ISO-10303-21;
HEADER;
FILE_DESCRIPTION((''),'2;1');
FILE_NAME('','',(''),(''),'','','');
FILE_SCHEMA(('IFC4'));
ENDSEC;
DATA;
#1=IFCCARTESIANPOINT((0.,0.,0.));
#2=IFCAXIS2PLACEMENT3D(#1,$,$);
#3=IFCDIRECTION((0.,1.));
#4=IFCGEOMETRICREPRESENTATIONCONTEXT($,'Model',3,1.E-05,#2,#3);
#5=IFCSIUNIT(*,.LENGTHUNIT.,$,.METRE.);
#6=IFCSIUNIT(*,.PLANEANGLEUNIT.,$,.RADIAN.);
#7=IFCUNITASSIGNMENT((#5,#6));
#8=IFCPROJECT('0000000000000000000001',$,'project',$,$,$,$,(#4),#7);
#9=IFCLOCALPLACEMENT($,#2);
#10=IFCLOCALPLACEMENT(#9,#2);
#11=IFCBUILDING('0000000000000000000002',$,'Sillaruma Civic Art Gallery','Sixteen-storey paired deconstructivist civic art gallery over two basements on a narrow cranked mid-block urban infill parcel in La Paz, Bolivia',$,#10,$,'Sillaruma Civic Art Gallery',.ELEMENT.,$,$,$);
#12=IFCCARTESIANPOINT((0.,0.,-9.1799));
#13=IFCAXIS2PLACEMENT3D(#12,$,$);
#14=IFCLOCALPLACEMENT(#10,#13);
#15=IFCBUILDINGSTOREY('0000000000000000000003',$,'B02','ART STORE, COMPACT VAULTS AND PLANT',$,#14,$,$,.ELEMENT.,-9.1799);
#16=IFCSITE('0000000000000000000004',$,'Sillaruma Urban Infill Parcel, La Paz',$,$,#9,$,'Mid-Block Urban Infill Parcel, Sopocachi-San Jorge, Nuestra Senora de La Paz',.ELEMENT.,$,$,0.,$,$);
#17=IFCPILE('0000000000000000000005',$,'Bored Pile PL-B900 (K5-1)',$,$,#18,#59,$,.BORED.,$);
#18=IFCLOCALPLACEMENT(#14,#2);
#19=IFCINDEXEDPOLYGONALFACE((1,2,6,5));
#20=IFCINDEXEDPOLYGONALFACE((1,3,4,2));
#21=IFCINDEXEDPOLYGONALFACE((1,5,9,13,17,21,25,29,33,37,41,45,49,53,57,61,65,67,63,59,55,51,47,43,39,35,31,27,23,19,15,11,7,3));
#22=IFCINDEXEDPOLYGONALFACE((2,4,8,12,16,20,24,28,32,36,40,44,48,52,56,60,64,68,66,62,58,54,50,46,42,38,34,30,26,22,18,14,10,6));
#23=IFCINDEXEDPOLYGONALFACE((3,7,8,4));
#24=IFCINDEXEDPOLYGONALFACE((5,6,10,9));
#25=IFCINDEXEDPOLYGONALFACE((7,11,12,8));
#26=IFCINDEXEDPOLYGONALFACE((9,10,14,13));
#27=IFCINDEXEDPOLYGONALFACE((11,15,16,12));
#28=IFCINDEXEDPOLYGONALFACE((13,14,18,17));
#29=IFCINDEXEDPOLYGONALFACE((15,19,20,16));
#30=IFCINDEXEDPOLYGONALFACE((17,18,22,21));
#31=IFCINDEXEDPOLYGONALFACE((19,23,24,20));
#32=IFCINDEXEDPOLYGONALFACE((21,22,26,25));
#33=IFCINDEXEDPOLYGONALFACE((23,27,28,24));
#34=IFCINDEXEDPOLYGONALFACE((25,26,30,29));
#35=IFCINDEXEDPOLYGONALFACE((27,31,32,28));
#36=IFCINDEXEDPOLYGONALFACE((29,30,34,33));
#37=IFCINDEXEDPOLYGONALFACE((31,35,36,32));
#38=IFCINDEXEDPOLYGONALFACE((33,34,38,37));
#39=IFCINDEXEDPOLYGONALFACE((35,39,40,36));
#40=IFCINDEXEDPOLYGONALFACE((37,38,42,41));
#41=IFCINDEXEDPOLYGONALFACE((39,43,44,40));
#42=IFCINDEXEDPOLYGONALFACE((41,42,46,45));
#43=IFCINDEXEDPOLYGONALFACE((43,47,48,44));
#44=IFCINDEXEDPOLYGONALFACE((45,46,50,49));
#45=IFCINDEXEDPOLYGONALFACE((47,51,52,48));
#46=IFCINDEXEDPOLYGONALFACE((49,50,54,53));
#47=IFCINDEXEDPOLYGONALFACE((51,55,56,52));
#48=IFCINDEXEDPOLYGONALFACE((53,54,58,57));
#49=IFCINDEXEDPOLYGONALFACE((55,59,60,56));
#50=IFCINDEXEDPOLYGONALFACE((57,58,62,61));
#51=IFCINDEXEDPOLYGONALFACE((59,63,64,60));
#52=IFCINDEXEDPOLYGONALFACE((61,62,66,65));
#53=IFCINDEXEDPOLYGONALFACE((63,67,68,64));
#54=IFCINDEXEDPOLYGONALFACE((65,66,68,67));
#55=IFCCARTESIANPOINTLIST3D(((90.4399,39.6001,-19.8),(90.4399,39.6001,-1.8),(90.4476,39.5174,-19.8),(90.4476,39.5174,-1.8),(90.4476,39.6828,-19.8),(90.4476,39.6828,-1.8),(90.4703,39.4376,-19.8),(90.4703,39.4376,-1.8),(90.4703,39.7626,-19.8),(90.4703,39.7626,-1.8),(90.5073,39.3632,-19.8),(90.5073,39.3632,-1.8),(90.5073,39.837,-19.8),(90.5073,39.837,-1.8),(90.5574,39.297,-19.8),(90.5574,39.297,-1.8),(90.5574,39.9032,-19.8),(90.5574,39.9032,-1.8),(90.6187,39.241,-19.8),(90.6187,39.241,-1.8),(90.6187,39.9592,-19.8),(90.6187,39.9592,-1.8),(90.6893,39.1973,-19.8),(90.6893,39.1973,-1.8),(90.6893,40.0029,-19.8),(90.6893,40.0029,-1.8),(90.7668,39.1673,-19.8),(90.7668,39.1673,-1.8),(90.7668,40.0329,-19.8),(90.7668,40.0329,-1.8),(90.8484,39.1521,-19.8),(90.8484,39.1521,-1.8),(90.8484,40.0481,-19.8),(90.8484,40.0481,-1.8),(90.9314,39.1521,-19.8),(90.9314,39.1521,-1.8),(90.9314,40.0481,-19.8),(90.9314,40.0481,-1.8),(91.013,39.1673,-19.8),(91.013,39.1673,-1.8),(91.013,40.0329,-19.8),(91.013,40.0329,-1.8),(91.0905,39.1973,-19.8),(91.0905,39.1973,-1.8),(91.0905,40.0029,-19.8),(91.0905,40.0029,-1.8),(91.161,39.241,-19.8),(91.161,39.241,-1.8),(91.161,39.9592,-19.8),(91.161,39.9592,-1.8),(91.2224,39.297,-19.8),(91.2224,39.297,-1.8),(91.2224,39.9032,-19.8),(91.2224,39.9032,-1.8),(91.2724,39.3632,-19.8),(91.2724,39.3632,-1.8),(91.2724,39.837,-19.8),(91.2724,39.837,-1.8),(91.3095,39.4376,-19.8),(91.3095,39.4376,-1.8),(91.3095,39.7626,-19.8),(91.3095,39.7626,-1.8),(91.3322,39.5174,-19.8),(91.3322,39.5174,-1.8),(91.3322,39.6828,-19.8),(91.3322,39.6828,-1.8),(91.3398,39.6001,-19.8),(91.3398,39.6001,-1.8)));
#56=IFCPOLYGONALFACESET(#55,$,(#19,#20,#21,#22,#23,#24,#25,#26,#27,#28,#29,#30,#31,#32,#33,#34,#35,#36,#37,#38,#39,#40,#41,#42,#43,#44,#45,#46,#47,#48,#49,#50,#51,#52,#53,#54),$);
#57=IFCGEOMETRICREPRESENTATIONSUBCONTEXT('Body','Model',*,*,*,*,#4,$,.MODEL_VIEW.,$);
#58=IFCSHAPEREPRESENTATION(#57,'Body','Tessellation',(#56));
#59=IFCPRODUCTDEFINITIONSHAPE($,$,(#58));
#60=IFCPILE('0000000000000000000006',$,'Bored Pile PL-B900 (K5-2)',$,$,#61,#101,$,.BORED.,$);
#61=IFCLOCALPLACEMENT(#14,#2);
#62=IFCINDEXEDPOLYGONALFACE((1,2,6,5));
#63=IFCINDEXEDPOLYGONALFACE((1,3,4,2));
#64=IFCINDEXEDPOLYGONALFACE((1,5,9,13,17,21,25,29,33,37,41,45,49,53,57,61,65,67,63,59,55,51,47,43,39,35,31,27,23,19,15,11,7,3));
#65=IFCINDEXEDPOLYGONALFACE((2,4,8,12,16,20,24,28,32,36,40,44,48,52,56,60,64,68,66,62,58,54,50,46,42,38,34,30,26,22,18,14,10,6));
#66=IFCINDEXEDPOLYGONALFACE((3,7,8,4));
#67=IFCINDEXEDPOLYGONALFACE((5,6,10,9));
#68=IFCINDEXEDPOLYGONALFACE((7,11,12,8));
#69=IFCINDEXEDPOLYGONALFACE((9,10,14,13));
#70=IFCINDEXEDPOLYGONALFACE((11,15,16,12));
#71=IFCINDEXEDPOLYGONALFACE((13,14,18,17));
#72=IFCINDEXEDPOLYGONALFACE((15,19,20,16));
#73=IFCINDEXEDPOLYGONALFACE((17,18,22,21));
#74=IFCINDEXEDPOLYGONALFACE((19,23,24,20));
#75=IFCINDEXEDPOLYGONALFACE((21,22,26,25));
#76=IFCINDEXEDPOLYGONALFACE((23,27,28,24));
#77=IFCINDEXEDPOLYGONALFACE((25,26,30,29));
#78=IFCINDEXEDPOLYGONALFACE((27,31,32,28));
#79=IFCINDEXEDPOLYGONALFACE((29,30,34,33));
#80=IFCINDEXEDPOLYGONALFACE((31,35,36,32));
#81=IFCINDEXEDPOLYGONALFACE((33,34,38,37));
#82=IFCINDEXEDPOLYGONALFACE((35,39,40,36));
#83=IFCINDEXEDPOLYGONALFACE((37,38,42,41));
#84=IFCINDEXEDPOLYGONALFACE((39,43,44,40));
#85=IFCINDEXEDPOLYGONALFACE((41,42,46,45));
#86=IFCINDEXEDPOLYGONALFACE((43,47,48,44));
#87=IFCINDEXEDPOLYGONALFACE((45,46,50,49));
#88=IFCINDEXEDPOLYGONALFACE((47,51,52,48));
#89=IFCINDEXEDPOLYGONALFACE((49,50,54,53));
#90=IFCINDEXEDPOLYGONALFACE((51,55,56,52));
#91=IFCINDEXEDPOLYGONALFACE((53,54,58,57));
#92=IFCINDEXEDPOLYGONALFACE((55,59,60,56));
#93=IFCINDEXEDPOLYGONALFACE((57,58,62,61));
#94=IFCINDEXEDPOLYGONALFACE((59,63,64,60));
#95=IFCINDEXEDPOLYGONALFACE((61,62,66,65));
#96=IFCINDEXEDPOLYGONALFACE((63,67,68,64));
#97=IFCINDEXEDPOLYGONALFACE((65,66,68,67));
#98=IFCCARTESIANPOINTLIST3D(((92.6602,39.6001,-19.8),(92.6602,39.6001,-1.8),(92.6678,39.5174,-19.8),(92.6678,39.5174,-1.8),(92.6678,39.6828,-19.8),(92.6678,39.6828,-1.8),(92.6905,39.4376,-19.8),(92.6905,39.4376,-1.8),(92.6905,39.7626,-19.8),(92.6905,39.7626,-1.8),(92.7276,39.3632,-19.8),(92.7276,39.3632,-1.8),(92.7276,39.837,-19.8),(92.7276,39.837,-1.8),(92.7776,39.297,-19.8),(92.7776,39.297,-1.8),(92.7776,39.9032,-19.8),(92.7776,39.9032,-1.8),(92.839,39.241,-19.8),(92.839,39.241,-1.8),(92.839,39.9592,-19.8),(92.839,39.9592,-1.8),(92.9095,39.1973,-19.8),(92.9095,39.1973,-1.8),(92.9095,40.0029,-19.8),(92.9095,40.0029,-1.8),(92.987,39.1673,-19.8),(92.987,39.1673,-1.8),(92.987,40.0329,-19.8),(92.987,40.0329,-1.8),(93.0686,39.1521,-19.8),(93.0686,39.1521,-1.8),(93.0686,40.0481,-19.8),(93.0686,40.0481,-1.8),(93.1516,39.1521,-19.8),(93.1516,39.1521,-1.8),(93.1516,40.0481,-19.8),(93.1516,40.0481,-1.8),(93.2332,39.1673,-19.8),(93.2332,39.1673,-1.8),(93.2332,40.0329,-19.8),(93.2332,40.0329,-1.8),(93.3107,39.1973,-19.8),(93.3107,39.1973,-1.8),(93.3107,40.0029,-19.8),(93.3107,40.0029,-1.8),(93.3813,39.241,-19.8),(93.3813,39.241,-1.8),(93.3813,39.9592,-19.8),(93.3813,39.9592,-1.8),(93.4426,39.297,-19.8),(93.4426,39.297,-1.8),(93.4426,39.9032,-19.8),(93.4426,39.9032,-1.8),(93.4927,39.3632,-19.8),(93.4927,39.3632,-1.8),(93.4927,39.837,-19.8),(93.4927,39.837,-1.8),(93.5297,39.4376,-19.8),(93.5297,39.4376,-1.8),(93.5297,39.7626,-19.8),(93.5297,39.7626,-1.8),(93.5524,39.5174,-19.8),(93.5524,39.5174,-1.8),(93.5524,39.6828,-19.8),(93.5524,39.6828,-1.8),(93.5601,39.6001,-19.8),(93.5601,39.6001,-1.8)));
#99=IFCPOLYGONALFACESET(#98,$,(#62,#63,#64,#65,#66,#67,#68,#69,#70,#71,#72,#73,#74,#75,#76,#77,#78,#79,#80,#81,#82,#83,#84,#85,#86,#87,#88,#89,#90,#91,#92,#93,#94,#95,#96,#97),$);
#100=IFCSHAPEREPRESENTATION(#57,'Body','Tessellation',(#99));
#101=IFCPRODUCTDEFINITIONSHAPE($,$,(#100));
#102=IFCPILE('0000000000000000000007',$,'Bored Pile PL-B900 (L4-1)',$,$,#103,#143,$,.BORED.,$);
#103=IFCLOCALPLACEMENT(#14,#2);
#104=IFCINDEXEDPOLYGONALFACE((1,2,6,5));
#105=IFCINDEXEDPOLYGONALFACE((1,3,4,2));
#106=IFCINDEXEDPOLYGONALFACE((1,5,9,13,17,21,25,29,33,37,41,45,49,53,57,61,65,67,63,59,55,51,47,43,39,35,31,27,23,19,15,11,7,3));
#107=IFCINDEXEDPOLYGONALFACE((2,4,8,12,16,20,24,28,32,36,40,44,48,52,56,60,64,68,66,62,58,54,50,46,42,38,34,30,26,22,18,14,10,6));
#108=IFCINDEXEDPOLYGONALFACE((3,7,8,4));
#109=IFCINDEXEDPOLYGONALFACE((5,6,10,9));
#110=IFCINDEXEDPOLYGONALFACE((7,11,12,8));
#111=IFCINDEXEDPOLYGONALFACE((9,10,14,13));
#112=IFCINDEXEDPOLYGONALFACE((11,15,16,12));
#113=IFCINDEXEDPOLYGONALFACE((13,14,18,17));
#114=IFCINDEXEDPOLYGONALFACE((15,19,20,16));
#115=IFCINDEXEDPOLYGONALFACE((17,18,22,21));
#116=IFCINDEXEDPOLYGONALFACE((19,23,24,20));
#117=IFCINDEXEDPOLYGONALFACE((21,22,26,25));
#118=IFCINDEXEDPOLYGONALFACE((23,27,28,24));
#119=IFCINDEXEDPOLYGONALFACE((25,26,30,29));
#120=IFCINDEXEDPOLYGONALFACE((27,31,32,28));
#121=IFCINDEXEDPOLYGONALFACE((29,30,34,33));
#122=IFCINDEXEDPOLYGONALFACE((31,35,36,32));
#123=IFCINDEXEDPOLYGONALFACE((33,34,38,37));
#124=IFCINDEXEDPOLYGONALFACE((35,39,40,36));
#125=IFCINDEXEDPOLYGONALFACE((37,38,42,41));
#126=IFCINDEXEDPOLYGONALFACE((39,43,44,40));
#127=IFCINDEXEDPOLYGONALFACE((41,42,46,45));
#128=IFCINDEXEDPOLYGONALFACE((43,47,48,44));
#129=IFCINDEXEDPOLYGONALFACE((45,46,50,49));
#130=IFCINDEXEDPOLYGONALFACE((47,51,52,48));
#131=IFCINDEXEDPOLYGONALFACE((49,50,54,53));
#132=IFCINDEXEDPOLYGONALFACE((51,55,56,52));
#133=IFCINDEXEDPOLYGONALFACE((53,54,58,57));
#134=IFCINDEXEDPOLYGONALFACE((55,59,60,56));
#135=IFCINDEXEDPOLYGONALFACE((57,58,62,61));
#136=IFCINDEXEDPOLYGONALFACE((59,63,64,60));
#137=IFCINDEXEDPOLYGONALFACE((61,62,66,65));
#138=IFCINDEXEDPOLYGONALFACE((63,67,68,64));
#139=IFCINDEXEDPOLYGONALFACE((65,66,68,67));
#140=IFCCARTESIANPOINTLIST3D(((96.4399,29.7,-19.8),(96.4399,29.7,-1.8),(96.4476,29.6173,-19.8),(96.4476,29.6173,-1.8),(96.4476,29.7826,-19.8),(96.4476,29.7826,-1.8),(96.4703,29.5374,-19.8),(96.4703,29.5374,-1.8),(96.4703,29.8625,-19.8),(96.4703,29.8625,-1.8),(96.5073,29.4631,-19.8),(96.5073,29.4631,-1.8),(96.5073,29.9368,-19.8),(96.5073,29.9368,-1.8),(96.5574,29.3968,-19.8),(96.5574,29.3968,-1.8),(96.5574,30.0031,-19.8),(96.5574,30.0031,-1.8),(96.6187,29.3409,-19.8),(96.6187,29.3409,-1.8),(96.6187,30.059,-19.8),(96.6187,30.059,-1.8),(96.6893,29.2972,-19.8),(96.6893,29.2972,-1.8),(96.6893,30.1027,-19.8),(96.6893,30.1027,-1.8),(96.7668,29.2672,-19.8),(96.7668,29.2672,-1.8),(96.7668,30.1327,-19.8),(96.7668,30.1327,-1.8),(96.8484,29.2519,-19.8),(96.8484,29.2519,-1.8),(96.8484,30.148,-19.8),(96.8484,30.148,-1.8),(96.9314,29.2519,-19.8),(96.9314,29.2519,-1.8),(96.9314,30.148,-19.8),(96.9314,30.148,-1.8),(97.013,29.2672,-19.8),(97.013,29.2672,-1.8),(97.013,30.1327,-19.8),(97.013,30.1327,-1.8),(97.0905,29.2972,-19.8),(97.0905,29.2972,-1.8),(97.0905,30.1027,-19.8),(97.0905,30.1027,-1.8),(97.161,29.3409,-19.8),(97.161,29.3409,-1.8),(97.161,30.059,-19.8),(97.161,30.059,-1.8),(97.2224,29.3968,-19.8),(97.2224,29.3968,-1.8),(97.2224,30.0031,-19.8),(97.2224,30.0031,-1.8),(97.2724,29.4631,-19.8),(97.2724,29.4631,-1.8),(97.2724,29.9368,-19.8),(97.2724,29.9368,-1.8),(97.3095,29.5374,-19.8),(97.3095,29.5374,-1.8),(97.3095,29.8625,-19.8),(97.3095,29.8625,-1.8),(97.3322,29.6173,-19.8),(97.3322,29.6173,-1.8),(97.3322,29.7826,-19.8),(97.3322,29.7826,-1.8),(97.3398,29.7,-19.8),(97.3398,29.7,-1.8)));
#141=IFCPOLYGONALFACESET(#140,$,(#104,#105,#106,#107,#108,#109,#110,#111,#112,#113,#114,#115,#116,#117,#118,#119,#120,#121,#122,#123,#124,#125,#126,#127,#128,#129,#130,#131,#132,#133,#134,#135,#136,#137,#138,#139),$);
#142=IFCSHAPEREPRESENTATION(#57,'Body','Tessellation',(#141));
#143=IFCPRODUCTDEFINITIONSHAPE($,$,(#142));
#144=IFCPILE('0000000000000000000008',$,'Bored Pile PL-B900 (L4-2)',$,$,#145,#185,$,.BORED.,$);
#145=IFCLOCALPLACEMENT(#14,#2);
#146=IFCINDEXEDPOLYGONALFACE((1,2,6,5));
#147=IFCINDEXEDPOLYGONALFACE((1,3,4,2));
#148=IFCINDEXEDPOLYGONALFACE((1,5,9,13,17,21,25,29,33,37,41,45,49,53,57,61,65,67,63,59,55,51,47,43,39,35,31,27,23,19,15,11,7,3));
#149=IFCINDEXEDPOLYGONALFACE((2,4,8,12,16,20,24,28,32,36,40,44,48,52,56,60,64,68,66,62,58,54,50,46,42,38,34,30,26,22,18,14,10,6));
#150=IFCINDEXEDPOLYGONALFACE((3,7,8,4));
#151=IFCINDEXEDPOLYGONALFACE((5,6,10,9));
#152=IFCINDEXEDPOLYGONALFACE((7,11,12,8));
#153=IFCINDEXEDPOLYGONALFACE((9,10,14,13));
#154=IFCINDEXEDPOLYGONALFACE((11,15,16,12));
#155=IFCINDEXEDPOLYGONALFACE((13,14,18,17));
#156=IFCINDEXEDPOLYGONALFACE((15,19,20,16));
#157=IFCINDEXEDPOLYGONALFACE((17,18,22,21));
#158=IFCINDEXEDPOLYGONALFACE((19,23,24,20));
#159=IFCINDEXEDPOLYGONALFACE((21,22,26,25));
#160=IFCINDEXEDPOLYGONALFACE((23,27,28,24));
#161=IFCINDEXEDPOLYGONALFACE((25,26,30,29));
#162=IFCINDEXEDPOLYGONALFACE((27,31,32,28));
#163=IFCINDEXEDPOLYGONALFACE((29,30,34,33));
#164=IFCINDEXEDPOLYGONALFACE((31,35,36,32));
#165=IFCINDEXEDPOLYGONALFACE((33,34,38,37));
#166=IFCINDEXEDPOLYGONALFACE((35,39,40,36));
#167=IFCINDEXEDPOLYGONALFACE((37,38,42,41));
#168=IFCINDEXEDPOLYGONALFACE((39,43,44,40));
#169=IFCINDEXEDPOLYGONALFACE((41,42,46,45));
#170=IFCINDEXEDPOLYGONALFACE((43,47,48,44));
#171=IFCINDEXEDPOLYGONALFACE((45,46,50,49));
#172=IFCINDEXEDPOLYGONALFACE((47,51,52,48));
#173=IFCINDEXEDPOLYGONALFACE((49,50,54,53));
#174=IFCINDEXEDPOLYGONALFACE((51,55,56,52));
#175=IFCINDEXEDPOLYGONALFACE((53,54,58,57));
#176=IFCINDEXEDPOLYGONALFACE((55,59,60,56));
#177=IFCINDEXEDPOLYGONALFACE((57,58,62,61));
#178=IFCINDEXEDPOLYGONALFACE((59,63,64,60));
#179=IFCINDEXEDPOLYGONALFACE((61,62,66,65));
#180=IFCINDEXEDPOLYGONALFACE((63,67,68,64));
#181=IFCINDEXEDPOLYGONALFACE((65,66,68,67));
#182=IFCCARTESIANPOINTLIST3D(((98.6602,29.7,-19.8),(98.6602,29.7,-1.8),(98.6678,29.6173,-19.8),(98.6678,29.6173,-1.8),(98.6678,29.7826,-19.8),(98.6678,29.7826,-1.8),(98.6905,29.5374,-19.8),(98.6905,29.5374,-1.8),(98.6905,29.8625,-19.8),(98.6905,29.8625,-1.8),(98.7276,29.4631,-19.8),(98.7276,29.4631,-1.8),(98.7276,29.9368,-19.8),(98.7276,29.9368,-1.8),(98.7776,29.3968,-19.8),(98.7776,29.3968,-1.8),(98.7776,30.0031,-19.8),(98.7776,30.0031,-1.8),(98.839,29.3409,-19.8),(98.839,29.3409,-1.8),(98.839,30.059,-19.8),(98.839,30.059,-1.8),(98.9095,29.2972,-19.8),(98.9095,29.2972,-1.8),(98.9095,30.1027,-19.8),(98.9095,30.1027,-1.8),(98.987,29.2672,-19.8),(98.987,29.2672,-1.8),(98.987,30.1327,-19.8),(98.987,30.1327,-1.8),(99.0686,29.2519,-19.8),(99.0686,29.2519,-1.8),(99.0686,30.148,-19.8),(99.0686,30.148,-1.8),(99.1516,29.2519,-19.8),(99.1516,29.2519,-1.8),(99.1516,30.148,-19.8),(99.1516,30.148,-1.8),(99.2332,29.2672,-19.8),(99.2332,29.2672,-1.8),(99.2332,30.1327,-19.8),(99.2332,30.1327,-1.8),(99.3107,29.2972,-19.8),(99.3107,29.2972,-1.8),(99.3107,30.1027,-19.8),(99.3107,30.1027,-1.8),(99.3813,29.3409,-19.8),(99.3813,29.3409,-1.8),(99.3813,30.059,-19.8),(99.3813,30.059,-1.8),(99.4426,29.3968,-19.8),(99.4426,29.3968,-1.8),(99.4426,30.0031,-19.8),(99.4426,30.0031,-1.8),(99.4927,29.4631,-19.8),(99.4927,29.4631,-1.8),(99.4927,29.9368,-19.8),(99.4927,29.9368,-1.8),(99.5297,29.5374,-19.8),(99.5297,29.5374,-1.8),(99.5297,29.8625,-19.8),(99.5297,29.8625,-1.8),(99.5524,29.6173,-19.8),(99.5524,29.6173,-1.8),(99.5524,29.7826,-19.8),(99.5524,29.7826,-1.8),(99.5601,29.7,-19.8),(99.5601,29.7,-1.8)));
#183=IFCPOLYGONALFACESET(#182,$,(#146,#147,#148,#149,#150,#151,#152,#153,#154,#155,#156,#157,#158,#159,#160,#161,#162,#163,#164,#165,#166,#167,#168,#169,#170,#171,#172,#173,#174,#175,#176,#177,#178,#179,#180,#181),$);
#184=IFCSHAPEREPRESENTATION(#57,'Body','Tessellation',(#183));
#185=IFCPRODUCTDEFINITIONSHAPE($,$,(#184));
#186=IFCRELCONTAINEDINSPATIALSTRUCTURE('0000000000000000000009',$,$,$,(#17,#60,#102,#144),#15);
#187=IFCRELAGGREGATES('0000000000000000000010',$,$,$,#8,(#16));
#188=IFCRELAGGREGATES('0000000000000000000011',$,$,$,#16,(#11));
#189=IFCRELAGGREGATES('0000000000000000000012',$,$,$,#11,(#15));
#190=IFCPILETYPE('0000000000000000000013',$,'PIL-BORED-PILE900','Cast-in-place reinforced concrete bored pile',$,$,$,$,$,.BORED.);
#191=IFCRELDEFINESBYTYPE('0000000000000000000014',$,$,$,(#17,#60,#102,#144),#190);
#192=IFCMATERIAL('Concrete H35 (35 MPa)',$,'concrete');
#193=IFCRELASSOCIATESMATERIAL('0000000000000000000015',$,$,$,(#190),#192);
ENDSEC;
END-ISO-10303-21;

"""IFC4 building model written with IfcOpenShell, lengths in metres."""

from ifc_helpers import new_model, si_unit, direction, frame, origin, origin_2d, place, context, subcontext, project, spatial, circle, extrude, material, material_profile, profile_set, type_object, element, save


model = new_model("IFC4")

# Units and contexts
model_context = context("Model", 3, precision=1e-05, world=origin(), true_north=direction((0.0, 1.0)))
body_context = subcontext(model_context, "Body", "Model", "MODEL_VIEW")
ifc_project = project(units=[si_unit("LENGTHUNIT", "METRE"), si_unit("PLANEANGLEUNIT", "RADIAN")], contexts=[model_context])

# Site, building, storey
site_placement = place(None, origin())
site = spatial("IfcSite", under=ifc_project, at=site_placement, Name="Sillaruma Urban Infill Parcel, La Paz", LongName="Mid-Block Urban Infill Parcel, Sopocachi-San Jorge, Nuestra Senora de La Paz", CompositionType="ELEMENT", RefElevation=0.0)
building_placement = place(site_placement, origin())
building = spatial("IfcBuilding", under=site, at=building_placement, Name="Sillaruma Civic Art Gallery", Description="Sixteen-storey paired deconstructivist civic art gallery over two basements on a narrow cranked mid-block urban infill parcel in La Paz, Bolivia", LongName="Sillaruma Civic Art Gallery", CompositionType="ELEMENT")
storey_placement = place(building_placement, frame((0.0, 0.0, -9.1799)))
storey = spatial("IfcBuildingStorey", under=building, at=storey_placement, Name="B02", Description="ART STORE, COMPACT VAULTS AND PLANT", CompositionType="ELEMENT", Elevation=-9.1799)

# Shared definitions
ifc_material_1 = material(Name="Concrete H35 (35 MPa)", Category="concrete")

# Piles
ifc_material_profile_1 = material_profile(ifc_material_1, circle(Radius=0.45, at=origin_2d()), Name="PILE900")
ifc_profile_set_1 = profile_set([ifc_material_profile_1], Name="Concrete H35 (35 MPa)")
pile_type_1 = type_object("IfcPileType", Name="PIL-BORED-PILE900", Description="Cast-in-place reinforced concrete bored pile", PredefinedType="BORED", material=ifc_profile_set_1)
for number, where, z_axis, x_axis, name in (
    (1, (90.8899, 39.6001, -1.8), (0.0, 0.0, -1.0), (1.0, 0.0, 0.0), "Bored Pile PL-B900 (K5-1)"),
    (2, (93.1101, 39.6001, -1.8), (0.0, 0.0, -1.0), (1.0, 0.0, 0.0), "Bored Pile PL-B900 (K5-2)"),
    (3, (96.8899, 29.7, -1.8), (0.0, 0.0, -1.0), (1.0, 0.0, 0.0), "Bored Pile PL-B900 (L4-1)"),
    (4, (99.1101, 29.7, -1.8), (0.0, 0.0, -1.0), (1.0, 0.0, 0.0), "Bored Pile PL-B900 (L4-2)"),
):
    element("IfcPile", number, at=place(storey_placement, frame(where, z_axis=z_axis, x_axis=x_axis)), inside=storey, type_object=pile_type_1, Name=name, PredefinedType="BORED", context=body_context, shape_type="SweptSolid", body=[
        extrude(circle(Radius=0.45, at=origin_2d()), origin(), (0.0, 0.0, 1.0), 18.0),
    ])

save(model, "model.ifc")
